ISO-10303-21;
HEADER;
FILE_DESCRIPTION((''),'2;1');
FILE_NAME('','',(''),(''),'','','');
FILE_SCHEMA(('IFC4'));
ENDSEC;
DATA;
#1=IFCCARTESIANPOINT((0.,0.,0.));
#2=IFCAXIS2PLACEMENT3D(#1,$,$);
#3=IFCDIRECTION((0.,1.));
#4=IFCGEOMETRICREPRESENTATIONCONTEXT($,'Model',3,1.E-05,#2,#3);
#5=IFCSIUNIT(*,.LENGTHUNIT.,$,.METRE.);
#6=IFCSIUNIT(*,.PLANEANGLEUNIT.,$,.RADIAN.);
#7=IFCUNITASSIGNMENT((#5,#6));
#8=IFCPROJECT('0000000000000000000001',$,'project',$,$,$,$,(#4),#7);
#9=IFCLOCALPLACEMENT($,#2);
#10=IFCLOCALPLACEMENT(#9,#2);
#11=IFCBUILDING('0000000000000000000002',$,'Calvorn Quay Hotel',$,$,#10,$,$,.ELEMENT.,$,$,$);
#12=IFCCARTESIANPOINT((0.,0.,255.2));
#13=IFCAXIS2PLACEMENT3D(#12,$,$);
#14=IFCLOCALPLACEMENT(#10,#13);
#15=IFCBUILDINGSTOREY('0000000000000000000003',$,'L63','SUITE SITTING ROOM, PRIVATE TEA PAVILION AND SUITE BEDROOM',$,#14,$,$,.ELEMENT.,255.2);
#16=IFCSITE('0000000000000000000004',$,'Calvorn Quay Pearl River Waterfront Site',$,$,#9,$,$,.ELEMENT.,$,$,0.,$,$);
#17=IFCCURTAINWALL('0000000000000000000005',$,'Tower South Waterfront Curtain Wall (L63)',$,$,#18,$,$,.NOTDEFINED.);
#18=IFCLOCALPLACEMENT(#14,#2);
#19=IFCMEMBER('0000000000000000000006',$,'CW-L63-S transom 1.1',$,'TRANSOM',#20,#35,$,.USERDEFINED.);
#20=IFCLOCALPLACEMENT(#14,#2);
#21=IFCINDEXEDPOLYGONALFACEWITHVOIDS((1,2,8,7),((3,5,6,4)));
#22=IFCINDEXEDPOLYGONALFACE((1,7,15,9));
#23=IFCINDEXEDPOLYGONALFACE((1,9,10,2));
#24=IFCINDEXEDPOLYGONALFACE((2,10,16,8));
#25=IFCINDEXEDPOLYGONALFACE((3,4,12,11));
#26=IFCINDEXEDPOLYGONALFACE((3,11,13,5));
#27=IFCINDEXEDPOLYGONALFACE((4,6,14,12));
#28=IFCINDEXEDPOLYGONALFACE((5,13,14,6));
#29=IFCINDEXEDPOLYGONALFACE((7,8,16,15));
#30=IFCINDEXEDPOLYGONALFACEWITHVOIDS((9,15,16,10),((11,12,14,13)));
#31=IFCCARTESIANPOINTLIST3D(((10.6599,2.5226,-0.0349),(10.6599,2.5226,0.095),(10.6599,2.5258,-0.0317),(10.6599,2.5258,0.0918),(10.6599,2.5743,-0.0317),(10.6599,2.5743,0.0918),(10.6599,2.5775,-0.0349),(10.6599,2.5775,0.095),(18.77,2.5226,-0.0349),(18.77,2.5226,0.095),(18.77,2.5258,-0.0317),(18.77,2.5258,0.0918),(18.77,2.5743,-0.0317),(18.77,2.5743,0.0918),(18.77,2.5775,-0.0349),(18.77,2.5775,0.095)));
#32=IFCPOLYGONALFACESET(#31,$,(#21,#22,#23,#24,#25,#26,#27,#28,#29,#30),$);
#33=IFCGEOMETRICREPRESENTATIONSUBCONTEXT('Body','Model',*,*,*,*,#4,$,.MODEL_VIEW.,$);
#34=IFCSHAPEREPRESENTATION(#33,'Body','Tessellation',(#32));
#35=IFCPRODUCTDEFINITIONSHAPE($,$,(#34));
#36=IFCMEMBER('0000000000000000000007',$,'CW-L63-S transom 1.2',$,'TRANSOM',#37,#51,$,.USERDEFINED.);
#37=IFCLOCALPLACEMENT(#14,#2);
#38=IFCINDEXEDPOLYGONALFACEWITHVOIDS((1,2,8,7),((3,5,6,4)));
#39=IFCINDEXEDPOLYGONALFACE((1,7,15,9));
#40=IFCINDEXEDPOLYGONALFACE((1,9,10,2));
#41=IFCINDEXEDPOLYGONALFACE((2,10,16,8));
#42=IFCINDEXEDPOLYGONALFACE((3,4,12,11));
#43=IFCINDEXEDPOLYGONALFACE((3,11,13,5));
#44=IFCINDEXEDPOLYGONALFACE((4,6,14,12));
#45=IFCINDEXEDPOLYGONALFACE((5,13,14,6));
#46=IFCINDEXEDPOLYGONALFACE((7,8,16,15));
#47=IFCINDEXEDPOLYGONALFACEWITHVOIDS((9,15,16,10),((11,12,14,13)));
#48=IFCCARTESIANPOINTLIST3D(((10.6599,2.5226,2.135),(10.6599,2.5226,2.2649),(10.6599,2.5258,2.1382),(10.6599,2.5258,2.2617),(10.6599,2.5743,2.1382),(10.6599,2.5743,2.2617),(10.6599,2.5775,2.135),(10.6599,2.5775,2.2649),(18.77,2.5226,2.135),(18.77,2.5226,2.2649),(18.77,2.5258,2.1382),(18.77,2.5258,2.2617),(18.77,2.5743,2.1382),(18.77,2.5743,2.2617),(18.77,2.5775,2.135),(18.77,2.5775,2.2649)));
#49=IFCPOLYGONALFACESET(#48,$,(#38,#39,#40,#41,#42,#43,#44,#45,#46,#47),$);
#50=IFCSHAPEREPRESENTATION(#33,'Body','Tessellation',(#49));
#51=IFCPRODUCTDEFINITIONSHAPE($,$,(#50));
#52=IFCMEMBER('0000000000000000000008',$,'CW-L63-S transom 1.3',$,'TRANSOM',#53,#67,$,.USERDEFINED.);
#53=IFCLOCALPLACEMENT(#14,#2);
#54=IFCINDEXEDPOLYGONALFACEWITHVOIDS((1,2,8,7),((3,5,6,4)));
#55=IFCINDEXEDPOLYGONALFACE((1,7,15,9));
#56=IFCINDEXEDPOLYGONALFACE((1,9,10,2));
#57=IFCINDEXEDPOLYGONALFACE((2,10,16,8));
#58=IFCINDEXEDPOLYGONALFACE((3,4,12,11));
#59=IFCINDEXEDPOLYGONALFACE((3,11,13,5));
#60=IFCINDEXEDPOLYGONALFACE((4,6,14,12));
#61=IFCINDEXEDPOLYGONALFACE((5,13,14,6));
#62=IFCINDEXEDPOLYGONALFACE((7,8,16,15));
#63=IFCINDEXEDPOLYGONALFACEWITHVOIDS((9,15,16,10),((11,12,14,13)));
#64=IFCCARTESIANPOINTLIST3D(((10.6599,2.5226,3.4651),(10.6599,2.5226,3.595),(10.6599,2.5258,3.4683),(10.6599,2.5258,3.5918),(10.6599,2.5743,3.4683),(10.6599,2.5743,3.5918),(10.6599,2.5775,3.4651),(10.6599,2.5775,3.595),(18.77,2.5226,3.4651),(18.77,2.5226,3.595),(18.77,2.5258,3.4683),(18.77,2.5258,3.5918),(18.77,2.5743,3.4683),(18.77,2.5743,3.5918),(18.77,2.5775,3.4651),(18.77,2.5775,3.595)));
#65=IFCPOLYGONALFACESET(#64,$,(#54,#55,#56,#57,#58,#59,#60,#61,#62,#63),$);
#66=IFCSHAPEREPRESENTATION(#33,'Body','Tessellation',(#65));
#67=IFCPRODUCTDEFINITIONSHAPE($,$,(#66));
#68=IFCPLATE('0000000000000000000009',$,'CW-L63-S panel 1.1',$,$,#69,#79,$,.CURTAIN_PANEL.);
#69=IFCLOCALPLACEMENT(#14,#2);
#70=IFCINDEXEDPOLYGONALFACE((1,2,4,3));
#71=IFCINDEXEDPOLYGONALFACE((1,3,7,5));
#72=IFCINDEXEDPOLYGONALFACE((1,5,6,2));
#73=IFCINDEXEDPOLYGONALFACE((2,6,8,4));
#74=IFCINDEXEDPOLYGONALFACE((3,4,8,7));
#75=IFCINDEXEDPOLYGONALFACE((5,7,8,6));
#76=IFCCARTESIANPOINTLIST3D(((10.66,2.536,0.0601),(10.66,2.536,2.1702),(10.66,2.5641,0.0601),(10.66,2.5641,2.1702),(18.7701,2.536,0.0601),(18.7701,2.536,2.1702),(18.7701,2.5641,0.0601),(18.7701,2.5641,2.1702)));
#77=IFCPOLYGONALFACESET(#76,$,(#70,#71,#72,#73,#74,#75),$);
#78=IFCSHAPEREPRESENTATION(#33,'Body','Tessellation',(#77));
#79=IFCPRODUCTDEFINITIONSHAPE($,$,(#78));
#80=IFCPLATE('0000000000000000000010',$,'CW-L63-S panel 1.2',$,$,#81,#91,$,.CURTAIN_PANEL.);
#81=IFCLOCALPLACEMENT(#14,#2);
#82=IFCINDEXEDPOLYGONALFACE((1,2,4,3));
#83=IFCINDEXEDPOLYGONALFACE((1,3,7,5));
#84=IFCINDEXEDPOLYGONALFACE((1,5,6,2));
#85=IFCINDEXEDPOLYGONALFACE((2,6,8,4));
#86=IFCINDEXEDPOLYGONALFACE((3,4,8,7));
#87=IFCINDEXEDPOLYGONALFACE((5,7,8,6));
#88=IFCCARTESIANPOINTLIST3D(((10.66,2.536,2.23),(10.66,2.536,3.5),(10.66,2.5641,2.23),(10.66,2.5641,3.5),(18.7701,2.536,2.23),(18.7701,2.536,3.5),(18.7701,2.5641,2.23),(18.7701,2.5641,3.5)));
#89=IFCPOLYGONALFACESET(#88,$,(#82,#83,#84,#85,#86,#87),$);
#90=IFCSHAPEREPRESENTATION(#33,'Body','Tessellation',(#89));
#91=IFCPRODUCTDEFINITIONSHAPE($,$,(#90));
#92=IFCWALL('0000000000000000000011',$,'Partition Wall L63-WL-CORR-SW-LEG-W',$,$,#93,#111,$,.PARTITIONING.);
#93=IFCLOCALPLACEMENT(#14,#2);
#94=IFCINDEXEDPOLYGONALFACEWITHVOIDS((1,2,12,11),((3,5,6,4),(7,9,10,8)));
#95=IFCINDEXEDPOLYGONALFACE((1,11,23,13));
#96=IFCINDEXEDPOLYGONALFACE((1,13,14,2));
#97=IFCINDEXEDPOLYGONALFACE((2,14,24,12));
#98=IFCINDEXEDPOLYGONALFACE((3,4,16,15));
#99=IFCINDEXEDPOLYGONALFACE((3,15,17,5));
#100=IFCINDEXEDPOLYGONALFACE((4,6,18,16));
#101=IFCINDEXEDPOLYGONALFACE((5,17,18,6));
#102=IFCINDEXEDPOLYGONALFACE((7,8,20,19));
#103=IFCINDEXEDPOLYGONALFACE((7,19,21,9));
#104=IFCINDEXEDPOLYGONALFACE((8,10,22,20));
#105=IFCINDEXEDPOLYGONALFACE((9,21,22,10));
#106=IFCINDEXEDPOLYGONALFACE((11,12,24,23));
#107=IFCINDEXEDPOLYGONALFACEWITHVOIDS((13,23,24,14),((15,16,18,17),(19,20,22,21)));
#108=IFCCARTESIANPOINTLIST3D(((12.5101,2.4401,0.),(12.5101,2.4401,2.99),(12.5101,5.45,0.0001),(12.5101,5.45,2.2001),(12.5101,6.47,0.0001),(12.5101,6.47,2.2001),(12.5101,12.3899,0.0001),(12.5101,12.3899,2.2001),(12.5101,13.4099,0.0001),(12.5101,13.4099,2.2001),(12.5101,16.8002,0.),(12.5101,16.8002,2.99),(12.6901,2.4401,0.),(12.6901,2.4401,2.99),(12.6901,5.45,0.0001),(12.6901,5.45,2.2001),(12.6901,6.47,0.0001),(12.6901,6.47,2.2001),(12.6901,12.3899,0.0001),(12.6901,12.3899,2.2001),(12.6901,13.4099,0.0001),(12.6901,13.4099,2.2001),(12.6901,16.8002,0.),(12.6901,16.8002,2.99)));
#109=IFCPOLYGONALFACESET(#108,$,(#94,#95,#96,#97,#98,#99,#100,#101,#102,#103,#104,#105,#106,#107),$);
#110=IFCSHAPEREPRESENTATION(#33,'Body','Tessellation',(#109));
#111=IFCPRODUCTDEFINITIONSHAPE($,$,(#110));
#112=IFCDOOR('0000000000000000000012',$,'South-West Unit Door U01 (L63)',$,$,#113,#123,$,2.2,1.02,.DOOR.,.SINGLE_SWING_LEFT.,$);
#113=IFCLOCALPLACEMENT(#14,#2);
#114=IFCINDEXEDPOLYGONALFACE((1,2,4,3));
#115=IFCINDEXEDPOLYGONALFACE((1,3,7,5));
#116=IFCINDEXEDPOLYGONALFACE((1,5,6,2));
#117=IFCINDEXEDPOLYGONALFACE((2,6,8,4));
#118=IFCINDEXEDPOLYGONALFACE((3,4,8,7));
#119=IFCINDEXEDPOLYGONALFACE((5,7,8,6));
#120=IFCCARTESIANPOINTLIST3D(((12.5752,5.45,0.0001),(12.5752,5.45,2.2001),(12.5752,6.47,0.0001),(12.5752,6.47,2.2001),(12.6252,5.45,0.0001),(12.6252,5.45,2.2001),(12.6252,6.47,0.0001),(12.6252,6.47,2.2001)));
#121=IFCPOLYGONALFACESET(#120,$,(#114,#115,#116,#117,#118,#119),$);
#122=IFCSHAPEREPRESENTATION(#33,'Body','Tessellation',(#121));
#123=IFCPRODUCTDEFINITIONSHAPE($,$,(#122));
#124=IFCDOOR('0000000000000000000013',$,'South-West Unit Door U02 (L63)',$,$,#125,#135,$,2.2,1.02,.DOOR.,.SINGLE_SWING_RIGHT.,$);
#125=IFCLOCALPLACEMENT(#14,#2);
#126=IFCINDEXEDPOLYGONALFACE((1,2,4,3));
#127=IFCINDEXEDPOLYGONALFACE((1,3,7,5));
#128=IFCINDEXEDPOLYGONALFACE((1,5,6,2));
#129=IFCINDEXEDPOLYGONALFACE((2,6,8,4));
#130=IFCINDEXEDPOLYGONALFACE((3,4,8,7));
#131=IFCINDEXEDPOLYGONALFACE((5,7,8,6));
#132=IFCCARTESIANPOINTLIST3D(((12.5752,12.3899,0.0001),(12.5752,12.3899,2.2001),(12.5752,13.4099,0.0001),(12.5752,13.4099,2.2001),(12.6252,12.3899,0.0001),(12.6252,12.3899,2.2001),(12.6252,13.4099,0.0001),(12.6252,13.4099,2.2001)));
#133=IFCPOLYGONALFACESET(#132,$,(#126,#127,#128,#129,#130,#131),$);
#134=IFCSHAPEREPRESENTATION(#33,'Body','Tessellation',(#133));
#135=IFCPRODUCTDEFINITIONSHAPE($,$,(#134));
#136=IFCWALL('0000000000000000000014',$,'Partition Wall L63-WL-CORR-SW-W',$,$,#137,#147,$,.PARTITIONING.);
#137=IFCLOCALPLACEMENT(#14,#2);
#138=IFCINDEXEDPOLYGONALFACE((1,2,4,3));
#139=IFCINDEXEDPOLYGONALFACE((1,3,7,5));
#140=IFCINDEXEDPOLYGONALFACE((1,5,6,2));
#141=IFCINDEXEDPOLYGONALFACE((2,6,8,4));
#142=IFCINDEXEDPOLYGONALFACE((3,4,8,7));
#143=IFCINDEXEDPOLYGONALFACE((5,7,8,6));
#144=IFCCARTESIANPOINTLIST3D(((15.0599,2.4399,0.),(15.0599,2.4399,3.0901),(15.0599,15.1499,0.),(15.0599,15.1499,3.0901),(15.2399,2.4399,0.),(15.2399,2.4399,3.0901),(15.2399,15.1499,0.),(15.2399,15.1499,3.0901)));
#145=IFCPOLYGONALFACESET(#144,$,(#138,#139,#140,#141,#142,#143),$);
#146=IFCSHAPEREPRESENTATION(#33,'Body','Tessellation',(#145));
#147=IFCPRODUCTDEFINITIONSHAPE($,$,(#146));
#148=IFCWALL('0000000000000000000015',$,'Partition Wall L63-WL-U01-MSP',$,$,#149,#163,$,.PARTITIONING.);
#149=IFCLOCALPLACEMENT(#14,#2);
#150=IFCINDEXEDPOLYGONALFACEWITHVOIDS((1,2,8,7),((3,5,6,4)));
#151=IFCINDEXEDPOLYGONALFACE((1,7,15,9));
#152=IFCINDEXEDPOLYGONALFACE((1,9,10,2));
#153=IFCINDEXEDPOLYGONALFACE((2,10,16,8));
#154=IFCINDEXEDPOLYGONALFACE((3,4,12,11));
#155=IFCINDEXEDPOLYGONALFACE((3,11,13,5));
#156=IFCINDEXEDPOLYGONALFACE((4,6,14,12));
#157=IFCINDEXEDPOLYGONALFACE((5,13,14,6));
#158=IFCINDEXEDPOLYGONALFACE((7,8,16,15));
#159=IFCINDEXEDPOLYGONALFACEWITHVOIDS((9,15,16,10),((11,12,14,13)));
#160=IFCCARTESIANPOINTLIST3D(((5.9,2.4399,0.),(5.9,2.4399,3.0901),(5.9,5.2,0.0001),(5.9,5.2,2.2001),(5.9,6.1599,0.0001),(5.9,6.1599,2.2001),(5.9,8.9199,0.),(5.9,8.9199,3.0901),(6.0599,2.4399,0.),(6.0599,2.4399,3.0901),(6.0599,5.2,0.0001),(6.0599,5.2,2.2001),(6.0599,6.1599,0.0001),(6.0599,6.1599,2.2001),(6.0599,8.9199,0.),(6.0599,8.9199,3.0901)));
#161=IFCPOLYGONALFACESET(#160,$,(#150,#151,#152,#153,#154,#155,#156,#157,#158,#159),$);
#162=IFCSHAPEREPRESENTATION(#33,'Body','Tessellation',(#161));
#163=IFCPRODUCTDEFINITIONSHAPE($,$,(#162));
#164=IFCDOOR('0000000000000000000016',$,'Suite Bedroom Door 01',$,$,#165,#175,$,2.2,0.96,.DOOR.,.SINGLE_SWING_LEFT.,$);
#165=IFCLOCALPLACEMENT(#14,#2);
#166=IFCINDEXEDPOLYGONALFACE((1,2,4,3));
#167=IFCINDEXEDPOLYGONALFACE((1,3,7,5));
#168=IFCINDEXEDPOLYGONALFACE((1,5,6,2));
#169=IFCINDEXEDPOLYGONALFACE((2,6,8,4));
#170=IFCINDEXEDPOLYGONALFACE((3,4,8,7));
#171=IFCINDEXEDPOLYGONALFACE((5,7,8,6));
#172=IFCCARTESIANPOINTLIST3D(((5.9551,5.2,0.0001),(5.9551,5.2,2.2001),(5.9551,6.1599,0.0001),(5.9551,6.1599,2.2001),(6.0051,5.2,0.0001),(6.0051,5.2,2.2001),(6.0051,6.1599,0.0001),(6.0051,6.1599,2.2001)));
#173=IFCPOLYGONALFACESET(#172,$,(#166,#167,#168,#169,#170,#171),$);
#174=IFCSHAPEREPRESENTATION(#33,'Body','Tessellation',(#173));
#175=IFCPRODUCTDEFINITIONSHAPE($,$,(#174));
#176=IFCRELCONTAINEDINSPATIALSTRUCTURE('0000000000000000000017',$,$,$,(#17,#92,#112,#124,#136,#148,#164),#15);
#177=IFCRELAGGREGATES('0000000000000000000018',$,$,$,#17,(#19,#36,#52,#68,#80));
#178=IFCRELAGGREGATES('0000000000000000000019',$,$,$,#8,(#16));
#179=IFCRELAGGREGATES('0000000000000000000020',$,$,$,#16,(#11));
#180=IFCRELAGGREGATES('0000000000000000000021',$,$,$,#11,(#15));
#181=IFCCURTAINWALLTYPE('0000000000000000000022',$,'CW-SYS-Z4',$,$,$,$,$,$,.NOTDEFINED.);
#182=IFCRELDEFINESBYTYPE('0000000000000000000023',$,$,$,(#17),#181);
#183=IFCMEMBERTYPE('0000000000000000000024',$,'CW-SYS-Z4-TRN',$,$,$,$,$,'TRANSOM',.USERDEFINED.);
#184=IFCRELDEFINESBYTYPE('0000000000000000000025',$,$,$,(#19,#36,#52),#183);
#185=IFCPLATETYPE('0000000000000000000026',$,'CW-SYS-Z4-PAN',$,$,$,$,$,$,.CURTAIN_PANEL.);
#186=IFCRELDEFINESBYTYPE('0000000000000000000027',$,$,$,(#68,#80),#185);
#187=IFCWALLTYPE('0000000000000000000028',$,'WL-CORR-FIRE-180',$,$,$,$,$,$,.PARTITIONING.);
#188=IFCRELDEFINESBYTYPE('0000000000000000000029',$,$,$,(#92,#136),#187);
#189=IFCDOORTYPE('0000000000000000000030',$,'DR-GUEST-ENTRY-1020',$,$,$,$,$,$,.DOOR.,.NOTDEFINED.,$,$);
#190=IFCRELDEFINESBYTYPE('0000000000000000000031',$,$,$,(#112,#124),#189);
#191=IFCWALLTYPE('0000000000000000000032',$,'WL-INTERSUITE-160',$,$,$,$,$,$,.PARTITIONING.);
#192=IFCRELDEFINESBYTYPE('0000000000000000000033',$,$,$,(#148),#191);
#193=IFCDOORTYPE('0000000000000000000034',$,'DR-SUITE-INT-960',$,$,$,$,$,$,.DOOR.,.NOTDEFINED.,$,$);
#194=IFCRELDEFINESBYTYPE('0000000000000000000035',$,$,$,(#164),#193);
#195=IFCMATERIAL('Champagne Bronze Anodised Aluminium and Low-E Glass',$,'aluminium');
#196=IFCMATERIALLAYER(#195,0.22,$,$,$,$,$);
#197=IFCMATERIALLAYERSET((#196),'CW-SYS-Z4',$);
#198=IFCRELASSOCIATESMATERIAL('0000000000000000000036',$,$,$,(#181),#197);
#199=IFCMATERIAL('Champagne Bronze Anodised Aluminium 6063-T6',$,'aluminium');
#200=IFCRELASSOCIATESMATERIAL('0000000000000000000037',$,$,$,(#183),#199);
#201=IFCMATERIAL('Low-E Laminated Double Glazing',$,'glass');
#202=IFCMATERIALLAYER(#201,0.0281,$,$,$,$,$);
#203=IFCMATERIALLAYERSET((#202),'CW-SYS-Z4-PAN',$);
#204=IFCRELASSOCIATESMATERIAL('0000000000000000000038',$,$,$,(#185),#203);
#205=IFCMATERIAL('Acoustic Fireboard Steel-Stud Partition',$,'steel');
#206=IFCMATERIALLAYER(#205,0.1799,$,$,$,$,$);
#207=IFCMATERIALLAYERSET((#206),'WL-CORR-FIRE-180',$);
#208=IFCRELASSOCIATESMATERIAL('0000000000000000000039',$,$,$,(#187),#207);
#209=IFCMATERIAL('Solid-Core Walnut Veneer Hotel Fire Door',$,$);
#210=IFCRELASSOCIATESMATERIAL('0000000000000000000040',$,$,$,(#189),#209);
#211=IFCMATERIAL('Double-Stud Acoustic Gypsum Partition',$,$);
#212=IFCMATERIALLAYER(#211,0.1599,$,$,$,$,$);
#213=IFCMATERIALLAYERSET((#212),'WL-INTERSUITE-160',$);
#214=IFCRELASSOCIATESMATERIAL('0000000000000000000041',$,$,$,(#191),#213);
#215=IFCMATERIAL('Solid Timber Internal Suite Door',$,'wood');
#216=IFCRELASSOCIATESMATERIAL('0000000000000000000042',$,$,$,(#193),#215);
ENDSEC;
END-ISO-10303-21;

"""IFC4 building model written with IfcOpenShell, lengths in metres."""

from ifc_helpers import new_model, si_unit, direction, frame, frame_2d, origin, origin_2d, place, context, subcontext, project, spatial, rectangle, hollow_rectangle, extrude, material, layer, layer_set, material_profile, profile_set, type_object, element, fill, aggregate, save


model = new_model("IFC4")

# Units and contexts
model_context = context("Model", 3, precision=1e-05, world=origin(), true_north=direction((0.0, 1.0)))
body_context = subcontext(model_context, "Body", "Model", "MODEL_VIEW")
ifc_project = project(units=[si_unit("LENGTHUNIT", "METRE"), si_unit("PLANEANGLEUNIT", "RADIAN")], contexts=[model_context])

# Site, building, storey
site_placement = place(None, origin())
site = spatial("IfcSite", under=ifc_project, at=site_placement, Name="Calvorn Quay Pearl River Waterfront Site", CompositionType="ELEMENT", RefElevation=0.0)
building_placement = place(site_placement, origin())
building = spatial("IfcBuilding", under=site, at=building_placement, Name="Calvorn Quay Hotel", CompositionType="ELEMENT")
storey_placement = place(building_placement, frame((0.0, 0.0, 255.2)))
storey = spatial("IfcBuildingStorey", under=building, at=storey_placement, Name="L63", Description="SUITE SITTING ROOM, PRIVATE TEA PAVILION AND SUITE BEDROOM", CompositionType="ELEMENT", Elevation=255.2)

# Curtain wall, members, plates
ifc_material_1 = material(Name="Champagne Bronze Anodised Aluminium and Low-E Glass", Category="aluminium")
ifc_layer_1 = layer(ifc_material_1, 0.22)
ifc_layer_set_1 = layer_set([ifc_layer_1], Name="CW-SYS-Z4")
curtain_wall_type = type_object("IfcCurtainWallType", Name="CW-SYS-Z4", PredefinedType="NOTDEFINED", material=ifc_layer_set_1)
curtain_wall_placement = place(storey_placement, origin())
curtain_wall = element("IfcCurtainWall", 1, at=curtain_wall_placement, inside=storey, type_object=curtain_wall_type, Name="Tower South Waterfront Curtain Wall (L63)", PredefinedType="NOTDEFINED")
ifc_material_2 = material(Name="Champagne Bronze Anodised Aluminium 6063-T6", Category="aluminium")
ifc_material_profile_1 = material_profile(ifc_material_2, hollow_rectangle(XDim=0.0549, YDim=0.1299, WallThickness=0.0032, at=origin_2d()), Name="ALU-T130x55x3.2")
ifc_profile_set_1 = profile_set([ifc_material_profile_1], Name="Champagne Bronze Anodised Aluminium 6063-T6")
member_type_1 = type_object("IfcMemberType", Name="CW-SYS-Z4-TRN", ElementType="TRANSOM", PredefinedType="USERDEFINED", material=ifc_profile_set_1)
member_1_placement = place(storey_placement, frame((10.6599, 2.55, 0.03), z_axis=(1.0, 0.0, 0.0), x_axis=(0.0, 1.0, 0.0)))
member_1 = element("IfcMember", 2, at=member_1_placement, type_object=member_type_1, Name="CW-L63-S transom 1.1", ObjectType="TRANSOM", PredefinedType="USERDEFINED", context=body_context, shape_type="SweptSolid", body=[
    extrude(hollow_rectangle(XDim=0.0549, YDim=0.1299, WallThickness=0.0032, at=origin_2d()), origin(), (0.0, 0.0, 1.0), 8.1101),
])
member_2_placement = place(storey_placement, frame((10.6599, 2.55, 2.2), z_axis=(1.0, 0.0, 0.0), x_axis=(0.0, 1.0, 0.0)))
member_2 = element("IfcMember", 3, at=member_2_placement, type_object=member_type_1, Name="CW-L63-S transom 1.2", ObjectType="TRANSOM", PredefinedType="USERDEFINED", context=body_context, shape_type="SweptSolid", body=[
    extrude(hollow_rectangle(XDim=0.0549, YDim=0.1299, WallThickness=0.0032, at=origin_2d()), origin(), (0.0, 0.0, 1.0), 8.1101),
])
member_3_placement = place(storey_placement, frame((10.6599, 2.55, 3.53), z_axis=(1.0, 0.0, 0.0), x_axis=(0.0, 1.0, 0.0)))
member_3 = element("IfcMember", 4, at=member_3_placement, type_object=member_type_1, Name="CW-L63-S transom 1.3", ObjectType="TRANSOM", PredefinedType="USERDEFINED", context=body_context, shape_type="SweptSolid", body=[
    extrude(hollow_rectangle(XDim=0.0549, YDim=0.1299, WallThickness=0.0032, at=origin_2d()), origin(), (0.0, 0.0, 1.0), 8.1101),
])
ifc_material_3 = material(Name="Low-E Laminated Double Glazing", Category="glass")
ifc_layer_2 = layer(ifc_material_3, 0.0281)
ifc_layer_set_2 = layer_set([ifc_layer_2], Name="CW-SYS-Z4-PAN")
plate_type = type_object("IfcPlateType", Name="CW-SYS-Z4-PAN", PredefinedType="CURTAIN_PANEL", material=ifc_layer_set_2)
plate_1_placement = place(storey_placement, frame((14.7151, 2.55, 0.0601), z_axis=(0.0, 0.0, 1.0), x_axis=(1.0, 0.0, 0.0)))
plate_1 = element("IfcPlate", 5, at=plate_1_placement, type_object=plate_type, Name="CW-L63-S panel 1.1", PredefinedType="CURTAIN_PANEL", context=body_context, shape_type="SweptSolid", body=[
    extrude(rectangle(XDim=8.1101, YDim=0.0281, at=origin_2d()), origin(), (0.0, 0.0, 1.0), 2.1101),
])
plate_2_placement = place(storey_placement, frame((14.7151, 2.55, 2.23), z_axis=(0.0, 0.0, 1.0), x_axis=(1.0, 0.0, 0.0)))
plate_2 = element("IfcPlate", 6, at=plate_2_placement, type_object=plate_type, Name="CW-L63-S panel 1.2", PredefinedType="CURTAIN_PANEL", context=body_context, shape_type="SweptSolid", body=[
    extrude(rectangle(XDim=8.1101, YDim=0.0281, at=origin_2d()), origin(), (0.0, 0.0, 1.0), 1.27),
])
aggregate(curtain_wall, [member_1, member_2, member_3, plate_1, plate_2])

# Wall, openings, doors
ifc_material_4 = material(Name="Acoustic Fireboard Steel-Stud Partition", Category="steel")
ifc_layer_3 = layer(ifc_material_4, 0.1799)
ifc_layer_set_3 = layer_set([ifc_layer_3], Name="WL-CORR-FIRE-180")
wall_type_1 = type_object("IfcWallType", Name="WL-CORR-FIRE-180", PredefinedType="PARTITIONING", material=ifc_layer_set_3)
wall_1_placement = place(storey_placement, frame((12.6001, 2.4399, 0.0), z_axis=(0.0, 0.0, 1.0), x_axis=(0.0, 1.0, 0.0)))
wall_1 = element("IfcWall", 7, at=wall_1_placement, inside=storey, type_object=wall_type_1, Name="Partition Wall L63-WL-CORR-SW-LEG-W", PredefinedType="PARTITIONING", context=body_context, shape_type="SweptSolid", body=[
    extrude(rectangle(XDim=14.3601, YDim=0.1799, at=frame_2d((7.1802, 0.0))), origin(), (0.0, 0.0, 1.0), 2.99),
])
opening_1_placement = place(wall_1_placement, frame((3.01, 0.0, 0.0)))
opening_1 = element("IfcOpeningElement", 8, at=opening_1_placement, cuts=wall_1, PredefinedType="OPENING", context=body_context, shape_type="SweptSolid", body=[
    extrude(rectangle(XDim=1.02, YDim=2.2, at=frame_2d((0.51, 1.1001))), frame((0.0, 0.0999, 0.0), z_axis=(0.0, -1.0, 0.0), x_axis=(1.0, 0.0, 0.0)), (0.0, 0.0, 1.0), 0.2),
])
opening_2_placement = place(wall_1_placement, frame((9.95, 0.0, 0.0)))
opening_2 = element("IfcOpeningElement", 9, at=opening_2_placement, cuts=wall_1, PredefinedType="OPENING", context=body_context, shape_type="SweptSolid", body=[
    extrude(rectangle(XDim=1.02, YDim=2.2, at=frame_2d((0.51, 1.1001))), frame((0.0, 0.0999, 0.0), z_axis=(0.0, -1.0, 0.0), x_axis=(1.0, 0.0, 0.0)), (0.0, 0.0, 1.0), 0.2),
])
ifc_material_5 = material(Name="Solid-Core Walnut Veneer Hotel Fire Door")
door_type_1 = type_object("IfcDoorType", Name="DR-GUEST-ENTRY-1020", OperationType="NOTDEFINED", PredefinedType="DOOR", material=ifc_material_5)
door_1_placement = place(opening_1_placement, origin())
door_1 = element("IfcDoor", 10, at=door_1_placement, inside=storey, type_object=door_type_1, Name="South-West Unit Door U01 (L63)", OperationType="SINGLE_SWING_LEFT", OverallHeight=2.2, OverallWidth=1.02, PredefinedType="DOOR", context=body_context, shape_type="SweptSolid", body=[
    extrude(rectangle(XDim=1.02, YDim=2.2, at=frame_2d((0.51, 1.1001))), frame((0.0, 0.0249, 0.0), z_axis=(0.0, -1.0, 0.0), x_axis=(1.0, 0.0, 0.0)), (0.0, 0.0, 1.0), 0.05),
])
fill(opening_1, door_1)
door_2_placement = place(opening_2_placement, origin())
door_2 = element("IfcDoor", 11, at=door_2_placement, inside=storey, type_object=door_type_1, Name="South-West Unit Door U02 (L63)", OperationType="SINGLE_SWING_RIGHT", OverallHeight=2.2, OverallWidth=1.02, PredefinedType="DOOR", context=body_context, shape_type="SweptSolid", body=[
    extrude(rectangle(XDim=1.02, YDim=2.2, at=frame_2d((0.51, 1.1001))), frame((0.0, 0.0249, 0.0), z_axis=(0.0, -1.0, 0.0), x_axis=(1.0, 0.0, 0.0)), (0.0, 0.0, 1.0), 0.05),
])
fill(opening_2, door_2)

# Wall
wall_2_placement = place(storey_placement, frame((15.1499, 2.4399, 0.0), z_axis=(0.0, 0.0, 1.0), x_axis=(0.0, 1.0, 0.0)))
element("IfcWall", 12, at=wall_2_placement, inside=storey, type_object=wall_type_1, Name="Partition Wall L63-WL-CORR-SW-W", PredefinedType="PARTITIONING", context=body_context, shape_type="SweptSolid", body=[
    extrude(rectangle(XDim=12.71, YDim=0.1799, at=frame_2d((6.355, 0.0))), origin(), (0.0, 0.0, 1.0), 3.0901),
])

# Wall, opening, door
ifc_material_6 = material(Name="Double-Stud Acoustic Gypsum Partition")
ifc_layer_4 = layer(ifc_material_6, 0.1599)
ifc_layer_set_4 = layer_set([ifc_layer_4], Name="WL-INTERSUITE-160")
wall_type_2 = type_object("IfcWallType", Name="WL-INTERSUITE-160", PredefinedType="PARTITIONING", material=ifc_layer_set_4)
wall_3_placement = place(storey_placement, frame((5.98, 2.4399, 0.0), z_axis=(0.0, 0.0, 1.0), x_axis=(0.0, 1.0, 0.0)))
wall_3 = element("IfcWall", 13, at=wall_3_placement, inside=storey, type_object=wall_type_2, Name="Partition Wall L63-WL-U01-MSP", PredefinedType="PARTITIONING", context=body_context, shape_type="SweptSolid", body=[
    extrude(rectangle(XDim=6.48, YDim=0.1599, at=frame_2d((3.24, 0.0))), origin(), (0.0, 0.0, 1.0), 3.0901),
])
opening_3_placement = place(wall_3_placement, frame((2.76, 0.0, 0.0)))
opening_3 = element("IfcOpeningElement", 14, at=opening_3_placement, cuts=wall_3, PredefinedType="OPENING", context=body_context, shape_type="SweptSolid", body=[
    extrude(rectangle(XDim=0.96, YDim=2.2, at=frame_2d((0.48, 1.1001))), frame((0.0, 0.0898, 0.0), z_axis=(0.0, -1.0, 0.0), x_axis=(1.0, 0.0, 0.0)), (0.0, 0.0, 1.0), 0.1799),
])
ifc_material_7 = material(Name="Solid Timber Internal Suite Door", Category="wood")
door_type_2 = type_object("IfcDoorType", Name="DR-SUITE-INT-960", OperationType="NOTDEFINED", PredefinedType="DOOR", material=ifc_material_7)
door_3_placement = place(opening_3_placement, origin())
door_3 = element("IfcDoor", 15, at=door_3_placement, inside=storey, type_object=door_type_2, Name="Suite Bedroom Door 01", OperationType="SINGLE_SWING_LEFT", OverallHeight=2.2, OverallWidth=0.96, PredefinedType="DOOR", context=body_context, shape_type="SweptSolid", body=[
    extrude(rectangle(XDim=0.96, YDim=2.2, at=frame_2d((0.48, 1.1001))), frame((0.0, 0.0249, 0.0), z_axis=(0.0, -1.0, 0.0), x_axis=(1.0, 0.0, 0.0)), (0.0, 0.0, 1.0), 0.05),
])
fill(opening_3, door_3)

save(model, "model.ifc")
